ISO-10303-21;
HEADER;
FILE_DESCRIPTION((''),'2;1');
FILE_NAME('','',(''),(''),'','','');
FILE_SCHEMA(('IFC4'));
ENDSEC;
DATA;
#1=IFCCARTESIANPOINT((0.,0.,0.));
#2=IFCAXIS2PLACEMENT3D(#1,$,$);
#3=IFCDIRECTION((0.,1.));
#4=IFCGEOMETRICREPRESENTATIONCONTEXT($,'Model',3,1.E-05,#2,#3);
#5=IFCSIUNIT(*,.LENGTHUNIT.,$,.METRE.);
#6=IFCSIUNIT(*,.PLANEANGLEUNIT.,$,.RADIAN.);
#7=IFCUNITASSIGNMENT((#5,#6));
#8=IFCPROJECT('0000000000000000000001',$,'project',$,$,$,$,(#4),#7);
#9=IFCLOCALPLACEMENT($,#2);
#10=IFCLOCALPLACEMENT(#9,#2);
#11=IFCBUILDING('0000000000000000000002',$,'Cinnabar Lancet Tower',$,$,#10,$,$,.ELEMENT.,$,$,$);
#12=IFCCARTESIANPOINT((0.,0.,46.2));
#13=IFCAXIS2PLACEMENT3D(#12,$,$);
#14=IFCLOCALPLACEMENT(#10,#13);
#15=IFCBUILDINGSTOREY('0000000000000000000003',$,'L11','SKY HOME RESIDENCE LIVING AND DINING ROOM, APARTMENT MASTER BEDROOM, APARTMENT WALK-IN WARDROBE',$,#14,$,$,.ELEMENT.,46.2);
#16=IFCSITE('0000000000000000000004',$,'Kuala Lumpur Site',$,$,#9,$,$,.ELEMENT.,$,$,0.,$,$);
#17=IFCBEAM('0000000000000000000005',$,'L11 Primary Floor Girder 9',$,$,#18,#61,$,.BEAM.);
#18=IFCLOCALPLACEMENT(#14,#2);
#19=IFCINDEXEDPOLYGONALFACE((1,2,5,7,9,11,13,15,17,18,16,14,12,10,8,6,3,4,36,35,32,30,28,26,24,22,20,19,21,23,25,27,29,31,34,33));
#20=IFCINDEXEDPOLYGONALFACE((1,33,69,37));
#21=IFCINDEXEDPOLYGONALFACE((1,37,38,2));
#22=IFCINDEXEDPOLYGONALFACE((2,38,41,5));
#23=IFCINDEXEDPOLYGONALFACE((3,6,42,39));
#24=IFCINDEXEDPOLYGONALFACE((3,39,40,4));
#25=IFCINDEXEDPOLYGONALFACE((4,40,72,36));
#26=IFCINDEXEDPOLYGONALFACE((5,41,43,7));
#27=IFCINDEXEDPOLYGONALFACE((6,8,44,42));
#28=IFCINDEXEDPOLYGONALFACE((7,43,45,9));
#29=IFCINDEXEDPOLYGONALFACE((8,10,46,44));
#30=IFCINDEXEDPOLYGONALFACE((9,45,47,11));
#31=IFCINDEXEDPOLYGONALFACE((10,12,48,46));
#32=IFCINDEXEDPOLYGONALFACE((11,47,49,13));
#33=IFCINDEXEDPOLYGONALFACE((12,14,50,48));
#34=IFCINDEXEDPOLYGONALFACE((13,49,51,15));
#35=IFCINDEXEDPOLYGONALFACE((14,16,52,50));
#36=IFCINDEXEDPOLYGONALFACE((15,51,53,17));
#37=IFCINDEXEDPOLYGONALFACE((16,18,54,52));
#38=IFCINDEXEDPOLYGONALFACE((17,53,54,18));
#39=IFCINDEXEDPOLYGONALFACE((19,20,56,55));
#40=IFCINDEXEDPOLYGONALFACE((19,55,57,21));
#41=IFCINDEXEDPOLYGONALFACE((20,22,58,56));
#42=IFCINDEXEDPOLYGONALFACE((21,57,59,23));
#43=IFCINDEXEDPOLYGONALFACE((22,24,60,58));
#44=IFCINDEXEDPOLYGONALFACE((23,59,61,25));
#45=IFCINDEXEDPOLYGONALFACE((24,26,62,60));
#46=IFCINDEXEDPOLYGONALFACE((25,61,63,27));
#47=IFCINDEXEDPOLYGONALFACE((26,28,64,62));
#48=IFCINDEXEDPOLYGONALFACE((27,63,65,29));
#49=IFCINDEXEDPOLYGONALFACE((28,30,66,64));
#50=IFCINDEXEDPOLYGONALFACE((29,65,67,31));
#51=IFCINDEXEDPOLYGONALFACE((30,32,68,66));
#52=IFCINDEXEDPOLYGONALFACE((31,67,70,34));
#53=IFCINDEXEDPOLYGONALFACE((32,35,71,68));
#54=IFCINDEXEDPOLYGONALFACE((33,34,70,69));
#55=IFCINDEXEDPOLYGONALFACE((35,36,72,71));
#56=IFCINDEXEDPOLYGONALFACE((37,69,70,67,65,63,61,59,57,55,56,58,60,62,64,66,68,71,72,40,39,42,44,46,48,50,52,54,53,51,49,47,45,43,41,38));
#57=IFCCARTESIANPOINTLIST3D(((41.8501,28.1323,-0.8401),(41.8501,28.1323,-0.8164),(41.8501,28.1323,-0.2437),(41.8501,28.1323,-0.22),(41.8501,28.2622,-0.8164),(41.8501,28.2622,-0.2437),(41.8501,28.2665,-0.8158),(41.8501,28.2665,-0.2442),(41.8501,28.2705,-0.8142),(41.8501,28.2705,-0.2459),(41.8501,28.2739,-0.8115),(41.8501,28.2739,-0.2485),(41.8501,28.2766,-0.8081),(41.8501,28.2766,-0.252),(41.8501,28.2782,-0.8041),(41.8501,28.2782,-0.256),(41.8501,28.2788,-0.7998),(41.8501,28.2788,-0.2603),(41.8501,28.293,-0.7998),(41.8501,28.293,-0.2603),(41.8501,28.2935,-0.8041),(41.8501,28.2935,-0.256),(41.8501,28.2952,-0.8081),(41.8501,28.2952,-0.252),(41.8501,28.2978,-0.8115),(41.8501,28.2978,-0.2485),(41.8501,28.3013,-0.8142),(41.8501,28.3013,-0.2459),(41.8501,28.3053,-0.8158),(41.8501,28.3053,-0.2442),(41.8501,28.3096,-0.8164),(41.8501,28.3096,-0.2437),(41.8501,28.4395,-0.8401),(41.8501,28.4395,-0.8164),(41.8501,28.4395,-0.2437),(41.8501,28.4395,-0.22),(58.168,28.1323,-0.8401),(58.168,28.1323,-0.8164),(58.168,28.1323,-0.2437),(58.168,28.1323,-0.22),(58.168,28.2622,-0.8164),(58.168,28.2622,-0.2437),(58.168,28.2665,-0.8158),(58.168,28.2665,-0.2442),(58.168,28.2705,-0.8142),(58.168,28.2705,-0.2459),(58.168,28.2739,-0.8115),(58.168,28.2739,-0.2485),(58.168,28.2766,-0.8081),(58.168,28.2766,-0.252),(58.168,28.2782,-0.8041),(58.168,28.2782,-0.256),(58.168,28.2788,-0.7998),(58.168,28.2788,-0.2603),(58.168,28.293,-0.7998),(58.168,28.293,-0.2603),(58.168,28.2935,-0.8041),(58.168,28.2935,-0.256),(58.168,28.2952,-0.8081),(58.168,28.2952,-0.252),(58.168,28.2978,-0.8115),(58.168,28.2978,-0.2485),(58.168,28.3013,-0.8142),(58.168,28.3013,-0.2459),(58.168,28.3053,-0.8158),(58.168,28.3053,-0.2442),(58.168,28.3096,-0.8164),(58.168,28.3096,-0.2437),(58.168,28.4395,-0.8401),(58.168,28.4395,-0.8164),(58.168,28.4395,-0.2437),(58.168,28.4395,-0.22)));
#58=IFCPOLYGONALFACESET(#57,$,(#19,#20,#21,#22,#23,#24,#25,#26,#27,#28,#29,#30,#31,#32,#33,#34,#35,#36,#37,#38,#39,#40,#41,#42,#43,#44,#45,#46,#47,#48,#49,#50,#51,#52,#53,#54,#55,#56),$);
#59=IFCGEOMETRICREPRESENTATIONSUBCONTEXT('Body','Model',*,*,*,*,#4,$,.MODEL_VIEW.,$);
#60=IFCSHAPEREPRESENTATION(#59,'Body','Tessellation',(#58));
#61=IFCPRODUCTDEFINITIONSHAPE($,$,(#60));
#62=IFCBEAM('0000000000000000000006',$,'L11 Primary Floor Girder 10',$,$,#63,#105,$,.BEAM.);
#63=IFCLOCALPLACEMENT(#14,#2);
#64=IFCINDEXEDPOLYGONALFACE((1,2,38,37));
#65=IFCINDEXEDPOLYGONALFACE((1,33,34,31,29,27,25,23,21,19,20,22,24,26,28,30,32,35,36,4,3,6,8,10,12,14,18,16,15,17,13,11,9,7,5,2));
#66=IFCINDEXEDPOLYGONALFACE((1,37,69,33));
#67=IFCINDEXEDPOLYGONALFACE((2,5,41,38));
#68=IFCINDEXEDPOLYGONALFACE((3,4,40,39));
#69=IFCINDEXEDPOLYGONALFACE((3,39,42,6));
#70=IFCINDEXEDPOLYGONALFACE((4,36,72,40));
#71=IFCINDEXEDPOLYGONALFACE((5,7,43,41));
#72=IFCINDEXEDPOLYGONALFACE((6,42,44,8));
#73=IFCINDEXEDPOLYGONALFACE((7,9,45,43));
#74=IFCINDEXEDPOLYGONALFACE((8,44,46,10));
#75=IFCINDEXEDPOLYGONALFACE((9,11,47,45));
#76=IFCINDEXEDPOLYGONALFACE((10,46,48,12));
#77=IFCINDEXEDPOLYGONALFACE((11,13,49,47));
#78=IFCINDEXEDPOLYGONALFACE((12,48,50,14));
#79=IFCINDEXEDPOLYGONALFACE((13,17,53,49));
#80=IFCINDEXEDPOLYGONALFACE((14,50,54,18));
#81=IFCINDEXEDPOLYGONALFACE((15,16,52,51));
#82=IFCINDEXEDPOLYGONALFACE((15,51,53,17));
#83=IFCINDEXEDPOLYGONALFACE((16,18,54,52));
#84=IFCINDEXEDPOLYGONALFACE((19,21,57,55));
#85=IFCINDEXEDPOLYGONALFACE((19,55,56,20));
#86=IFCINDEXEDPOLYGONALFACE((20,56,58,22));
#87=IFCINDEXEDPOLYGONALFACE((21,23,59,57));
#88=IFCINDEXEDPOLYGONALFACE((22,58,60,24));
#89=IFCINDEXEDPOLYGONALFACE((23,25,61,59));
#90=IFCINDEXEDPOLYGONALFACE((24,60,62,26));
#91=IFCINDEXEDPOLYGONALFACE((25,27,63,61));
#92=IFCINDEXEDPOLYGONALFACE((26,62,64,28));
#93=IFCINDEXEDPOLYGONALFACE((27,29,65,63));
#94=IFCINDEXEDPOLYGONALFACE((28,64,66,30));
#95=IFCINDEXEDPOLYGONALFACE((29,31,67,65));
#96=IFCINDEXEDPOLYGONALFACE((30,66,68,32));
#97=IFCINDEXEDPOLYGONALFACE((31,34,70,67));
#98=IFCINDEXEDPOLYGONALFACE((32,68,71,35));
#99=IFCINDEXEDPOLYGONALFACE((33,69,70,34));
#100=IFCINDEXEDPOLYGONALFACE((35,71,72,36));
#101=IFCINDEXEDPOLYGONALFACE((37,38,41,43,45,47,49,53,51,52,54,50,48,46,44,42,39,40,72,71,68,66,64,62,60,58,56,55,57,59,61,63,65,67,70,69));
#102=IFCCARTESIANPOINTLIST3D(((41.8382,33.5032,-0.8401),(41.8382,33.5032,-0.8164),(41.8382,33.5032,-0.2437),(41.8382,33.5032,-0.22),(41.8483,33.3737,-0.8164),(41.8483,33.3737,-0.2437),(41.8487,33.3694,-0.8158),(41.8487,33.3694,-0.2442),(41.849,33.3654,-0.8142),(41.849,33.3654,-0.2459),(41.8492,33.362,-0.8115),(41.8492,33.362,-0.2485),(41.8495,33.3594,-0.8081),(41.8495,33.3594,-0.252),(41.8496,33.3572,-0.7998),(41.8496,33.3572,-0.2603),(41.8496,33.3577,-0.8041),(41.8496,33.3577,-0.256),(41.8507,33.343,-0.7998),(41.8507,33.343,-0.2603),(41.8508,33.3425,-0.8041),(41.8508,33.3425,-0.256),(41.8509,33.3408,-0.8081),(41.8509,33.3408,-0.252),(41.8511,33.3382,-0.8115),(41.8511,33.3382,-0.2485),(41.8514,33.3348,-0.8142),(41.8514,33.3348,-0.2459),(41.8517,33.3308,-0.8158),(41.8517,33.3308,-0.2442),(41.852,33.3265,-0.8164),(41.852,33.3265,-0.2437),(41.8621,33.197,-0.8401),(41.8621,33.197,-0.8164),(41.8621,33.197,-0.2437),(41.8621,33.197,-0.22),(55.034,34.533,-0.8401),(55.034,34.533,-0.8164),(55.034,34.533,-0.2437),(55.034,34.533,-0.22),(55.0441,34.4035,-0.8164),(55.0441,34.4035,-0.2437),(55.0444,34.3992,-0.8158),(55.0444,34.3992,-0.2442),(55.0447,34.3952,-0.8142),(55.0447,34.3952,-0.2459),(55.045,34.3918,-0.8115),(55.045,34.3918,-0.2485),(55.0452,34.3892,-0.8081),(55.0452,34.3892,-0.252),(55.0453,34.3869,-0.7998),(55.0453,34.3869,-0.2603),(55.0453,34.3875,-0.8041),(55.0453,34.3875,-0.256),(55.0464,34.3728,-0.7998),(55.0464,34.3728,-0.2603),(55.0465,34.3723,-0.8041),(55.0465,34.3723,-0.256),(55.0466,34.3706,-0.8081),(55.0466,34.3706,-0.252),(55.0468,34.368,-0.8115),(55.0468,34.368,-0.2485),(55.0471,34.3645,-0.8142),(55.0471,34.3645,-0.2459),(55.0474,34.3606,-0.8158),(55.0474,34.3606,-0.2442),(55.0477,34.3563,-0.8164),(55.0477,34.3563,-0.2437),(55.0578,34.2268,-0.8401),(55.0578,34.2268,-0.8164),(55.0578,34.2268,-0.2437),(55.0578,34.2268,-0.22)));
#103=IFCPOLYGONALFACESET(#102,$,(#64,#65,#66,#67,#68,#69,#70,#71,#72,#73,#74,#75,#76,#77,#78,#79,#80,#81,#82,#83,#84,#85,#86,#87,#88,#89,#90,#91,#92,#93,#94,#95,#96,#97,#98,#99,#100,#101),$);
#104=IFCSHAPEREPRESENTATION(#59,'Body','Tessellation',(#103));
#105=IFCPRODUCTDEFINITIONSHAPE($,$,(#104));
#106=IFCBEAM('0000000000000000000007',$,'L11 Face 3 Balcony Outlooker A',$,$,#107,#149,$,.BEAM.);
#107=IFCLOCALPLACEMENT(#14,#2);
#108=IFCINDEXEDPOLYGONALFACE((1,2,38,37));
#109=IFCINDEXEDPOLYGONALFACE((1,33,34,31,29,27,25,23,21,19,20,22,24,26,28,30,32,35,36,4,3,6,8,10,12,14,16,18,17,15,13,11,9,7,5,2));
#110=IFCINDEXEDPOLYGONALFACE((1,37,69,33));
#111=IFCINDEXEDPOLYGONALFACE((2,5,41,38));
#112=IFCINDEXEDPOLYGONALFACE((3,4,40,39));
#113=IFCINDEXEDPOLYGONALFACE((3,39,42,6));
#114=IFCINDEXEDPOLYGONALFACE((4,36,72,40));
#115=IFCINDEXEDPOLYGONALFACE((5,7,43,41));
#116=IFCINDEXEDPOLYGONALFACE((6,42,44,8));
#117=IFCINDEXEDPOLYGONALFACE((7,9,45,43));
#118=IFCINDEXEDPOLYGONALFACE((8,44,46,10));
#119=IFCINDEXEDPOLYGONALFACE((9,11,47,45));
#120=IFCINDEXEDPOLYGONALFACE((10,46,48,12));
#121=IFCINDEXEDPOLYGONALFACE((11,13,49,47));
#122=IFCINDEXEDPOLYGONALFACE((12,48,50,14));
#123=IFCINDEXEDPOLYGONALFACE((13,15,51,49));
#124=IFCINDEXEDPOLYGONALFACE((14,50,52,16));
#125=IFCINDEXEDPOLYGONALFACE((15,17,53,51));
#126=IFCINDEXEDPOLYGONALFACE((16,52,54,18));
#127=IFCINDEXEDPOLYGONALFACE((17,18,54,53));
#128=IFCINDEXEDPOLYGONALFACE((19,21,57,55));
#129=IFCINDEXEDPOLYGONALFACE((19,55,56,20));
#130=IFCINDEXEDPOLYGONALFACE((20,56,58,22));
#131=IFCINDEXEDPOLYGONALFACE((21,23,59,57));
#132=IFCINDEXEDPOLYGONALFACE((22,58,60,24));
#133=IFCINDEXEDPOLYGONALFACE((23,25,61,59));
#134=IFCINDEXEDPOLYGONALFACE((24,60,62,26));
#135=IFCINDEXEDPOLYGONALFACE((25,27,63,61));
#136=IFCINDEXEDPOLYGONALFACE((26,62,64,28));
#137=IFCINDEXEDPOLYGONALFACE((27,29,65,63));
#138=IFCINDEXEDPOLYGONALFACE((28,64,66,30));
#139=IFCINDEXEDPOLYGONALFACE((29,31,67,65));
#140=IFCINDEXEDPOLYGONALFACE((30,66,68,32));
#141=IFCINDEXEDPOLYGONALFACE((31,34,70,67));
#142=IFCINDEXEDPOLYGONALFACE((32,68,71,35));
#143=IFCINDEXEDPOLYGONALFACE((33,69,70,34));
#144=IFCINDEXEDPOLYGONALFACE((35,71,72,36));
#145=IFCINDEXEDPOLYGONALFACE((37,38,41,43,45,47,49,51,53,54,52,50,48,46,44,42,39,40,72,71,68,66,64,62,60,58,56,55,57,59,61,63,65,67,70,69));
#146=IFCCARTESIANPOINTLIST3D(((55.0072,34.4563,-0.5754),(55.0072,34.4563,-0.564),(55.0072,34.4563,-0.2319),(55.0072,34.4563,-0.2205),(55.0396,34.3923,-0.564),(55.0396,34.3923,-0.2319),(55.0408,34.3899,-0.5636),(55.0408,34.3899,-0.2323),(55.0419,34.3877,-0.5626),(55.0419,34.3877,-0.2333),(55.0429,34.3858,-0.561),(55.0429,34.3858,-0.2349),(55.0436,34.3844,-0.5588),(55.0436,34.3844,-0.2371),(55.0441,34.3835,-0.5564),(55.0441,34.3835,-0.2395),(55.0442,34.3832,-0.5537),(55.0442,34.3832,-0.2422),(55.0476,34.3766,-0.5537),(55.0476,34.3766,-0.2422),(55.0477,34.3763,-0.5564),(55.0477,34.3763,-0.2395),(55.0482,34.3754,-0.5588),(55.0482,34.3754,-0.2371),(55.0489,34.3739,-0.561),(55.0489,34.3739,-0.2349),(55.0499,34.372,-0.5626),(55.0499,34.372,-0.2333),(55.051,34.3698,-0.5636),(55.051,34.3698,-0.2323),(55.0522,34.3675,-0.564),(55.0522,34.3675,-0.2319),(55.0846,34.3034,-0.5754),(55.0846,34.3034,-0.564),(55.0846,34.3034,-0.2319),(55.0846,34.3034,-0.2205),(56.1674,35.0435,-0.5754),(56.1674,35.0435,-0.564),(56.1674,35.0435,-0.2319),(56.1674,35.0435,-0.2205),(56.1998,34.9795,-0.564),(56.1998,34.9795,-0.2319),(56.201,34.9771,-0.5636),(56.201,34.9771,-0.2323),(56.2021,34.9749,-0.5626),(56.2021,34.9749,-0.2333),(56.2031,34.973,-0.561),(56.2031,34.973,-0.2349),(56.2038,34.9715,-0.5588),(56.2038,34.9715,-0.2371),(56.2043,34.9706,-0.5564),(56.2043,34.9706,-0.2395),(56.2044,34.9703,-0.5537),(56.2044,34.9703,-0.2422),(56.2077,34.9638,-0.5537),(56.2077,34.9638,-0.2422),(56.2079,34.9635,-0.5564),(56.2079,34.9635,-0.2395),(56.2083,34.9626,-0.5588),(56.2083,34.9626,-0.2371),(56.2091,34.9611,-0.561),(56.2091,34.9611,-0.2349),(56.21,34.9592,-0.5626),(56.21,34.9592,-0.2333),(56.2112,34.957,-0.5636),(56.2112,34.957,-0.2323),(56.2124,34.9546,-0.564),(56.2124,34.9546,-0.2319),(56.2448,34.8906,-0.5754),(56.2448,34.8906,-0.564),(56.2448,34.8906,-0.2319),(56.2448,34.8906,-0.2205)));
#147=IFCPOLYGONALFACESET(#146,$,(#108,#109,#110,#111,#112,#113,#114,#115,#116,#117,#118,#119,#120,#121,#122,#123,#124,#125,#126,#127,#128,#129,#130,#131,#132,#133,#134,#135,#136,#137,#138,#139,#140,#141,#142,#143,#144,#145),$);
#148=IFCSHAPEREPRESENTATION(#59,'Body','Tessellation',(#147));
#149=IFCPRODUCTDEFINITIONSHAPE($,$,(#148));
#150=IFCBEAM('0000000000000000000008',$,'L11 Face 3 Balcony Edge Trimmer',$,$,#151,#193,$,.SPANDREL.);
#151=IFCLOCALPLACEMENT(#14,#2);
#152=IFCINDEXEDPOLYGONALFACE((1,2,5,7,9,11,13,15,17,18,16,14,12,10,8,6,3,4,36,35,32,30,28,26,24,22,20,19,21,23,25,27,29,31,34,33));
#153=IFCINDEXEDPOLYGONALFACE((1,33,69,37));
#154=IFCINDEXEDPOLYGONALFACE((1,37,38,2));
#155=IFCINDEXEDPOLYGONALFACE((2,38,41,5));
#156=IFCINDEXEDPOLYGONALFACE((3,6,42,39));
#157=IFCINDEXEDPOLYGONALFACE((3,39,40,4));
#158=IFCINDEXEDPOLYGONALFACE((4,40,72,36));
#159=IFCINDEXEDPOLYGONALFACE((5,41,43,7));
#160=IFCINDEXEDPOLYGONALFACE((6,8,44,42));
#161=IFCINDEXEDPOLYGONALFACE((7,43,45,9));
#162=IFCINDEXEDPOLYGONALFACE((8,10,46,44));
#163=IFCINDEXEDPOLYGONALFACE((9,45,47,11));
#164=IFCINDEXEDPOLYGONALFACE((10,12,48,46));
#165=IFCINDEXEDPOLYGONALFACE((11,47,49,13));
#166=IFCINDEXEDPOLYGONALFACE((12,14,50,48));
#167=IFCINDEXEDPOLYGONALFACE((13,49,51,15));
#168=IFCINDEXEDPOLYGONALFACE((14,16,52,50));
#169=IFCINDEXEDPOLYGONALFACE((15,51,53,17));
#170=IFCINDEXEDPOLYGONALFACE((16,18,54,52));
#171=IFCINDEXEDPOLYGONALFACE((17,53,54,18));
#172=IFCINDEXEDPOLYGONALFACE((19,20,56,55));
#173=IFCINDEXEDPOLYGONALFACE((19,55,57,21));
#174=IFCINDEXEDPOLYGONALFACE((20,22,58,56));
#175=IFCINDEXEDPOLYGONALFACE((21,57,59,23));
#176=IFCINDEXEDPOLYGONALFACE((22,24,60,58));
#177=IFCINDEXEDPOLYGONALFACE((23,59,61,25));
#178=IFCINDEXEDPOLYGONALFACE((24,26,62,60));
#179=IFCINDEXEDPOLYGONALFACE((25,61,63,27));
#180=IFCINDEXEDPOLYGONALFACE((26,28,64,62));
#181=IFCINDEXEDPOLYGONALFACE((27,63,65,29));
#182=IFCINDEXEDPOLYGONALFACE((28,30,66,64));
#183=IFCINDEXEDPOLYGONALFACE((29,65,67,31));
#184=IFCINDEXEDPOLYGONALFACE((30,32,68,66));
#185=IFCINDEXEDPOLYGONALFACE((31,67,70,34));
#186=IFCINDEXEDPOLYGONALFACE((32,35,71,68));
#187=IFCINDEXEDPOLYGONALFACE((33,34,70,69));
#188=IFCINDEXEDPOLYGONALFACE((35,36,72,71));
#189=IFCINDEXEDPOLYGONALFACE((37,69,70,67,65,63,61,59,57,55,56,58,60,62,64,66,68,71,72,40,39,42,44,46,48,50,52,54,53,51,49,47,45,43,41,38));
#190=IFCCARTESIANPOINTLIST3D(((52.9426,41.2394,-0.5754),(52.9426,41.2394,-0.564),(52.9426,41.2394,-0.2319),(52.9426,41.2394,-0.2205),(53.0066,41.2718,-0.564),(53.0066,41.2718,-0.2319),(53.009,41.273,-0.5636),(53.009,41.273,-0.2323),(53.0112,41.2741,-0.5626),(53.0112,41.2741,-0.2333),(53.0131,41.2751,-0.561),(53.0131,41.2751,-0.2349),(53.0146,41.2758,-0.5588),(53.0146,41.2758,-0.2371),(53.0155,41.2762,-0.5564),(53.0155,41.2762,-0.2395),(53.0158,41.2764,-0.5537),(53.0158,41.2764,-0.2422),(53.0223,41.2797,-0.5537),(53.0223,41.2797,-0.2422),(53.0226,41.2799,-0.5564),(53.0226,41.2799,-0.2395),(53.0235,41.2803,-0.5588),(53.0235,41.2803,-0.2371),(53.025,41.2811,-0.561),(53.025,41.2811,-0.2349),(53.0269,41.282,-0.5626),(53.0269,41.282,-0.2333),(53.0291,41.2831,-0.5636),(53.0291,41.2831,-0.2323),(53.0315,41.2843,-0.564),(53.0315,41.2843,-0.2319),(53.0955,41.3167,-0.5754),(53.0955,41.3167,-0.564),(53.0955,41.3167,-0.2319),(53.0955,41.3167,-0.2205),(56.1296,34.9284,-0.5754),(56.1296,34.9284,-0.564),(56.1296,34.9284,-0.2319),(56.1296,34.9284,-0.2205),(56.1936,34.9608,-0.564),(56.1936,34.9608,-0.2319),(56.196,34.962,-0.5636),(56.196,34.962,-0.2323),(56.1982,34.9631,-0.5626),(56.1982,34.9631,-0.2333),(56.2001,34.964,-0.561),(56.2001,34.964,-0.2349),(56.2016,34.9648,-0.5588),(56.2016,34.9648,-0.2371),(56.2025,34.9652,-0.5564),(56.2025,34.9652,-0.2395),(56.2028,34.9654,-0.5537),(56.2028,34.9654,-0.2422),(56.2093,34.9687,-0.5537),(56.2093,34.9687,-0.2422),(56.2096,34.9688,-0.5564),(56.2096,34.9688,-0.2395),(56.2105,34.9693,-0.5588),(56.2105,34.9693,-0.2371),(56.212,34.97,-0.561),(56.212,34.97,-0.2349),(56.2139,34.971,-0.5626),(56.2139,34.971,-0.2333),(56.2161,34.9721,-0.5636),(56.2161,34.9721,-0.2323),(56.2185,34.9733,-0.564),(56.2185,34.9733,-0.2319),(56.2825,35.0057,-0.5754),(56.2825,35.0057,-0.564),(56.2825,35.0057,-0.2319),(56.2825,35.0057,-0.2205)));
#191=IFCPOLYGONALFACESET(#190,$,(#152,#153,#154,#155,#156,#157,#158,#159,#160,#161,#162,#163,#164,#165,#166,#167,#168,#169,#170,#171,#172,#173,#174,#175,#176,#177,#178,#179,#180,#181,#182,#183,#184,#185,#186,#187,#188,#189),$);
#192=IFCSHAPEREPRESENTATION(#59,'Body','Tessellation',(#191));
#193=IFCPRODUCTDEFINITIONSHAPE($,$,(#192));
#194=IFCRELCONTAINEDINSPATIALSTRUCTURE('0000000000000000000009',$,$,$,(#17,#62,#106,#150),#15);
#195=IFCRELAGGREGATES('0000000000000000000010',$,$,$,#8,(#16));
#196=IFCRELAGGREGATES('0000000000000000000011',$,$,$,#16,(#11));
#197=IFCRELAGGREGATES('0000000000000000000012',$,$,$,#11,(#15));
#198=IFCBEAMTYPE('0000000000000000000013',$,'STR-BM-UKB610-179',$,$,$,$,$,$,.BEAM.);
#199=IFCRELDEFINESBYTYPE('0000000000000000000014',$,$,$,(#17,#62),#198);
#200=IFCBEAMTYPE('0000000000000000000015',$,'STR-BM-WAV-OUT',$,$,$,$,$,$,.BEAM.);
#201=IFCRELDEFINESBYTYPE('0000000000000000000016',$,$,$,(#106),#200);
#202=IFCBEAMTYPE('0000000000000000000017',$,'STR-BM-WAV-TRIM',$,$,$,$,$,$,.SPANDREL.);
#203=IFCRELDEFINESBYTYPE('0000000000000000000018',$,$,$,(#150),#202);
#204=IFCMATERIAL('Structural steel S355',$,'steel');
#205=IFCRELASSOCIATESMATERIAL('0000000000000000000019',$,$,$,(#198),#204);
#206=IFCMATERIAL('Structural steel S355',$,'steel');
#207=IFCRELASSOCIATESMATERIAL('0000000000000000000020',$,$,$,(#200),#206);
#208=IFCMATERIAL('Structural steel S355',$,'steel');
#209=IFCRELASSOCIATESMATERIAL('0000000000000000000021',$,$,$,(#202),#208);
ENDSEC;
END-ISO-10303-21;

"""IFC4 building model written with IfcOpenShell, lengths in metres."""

from ifc_helpers import new_model, si_unit, direction, frame, origin, origin_2d, place, context, subcontext, project, spatial, i_section, extrude, material, material_profile, profile_set, type_object, element, save


model = new_model("IFC4")

# Units and contexts
model_context = context("Model", 3, precision=1e-05, world=origin(), true_north=direction((0.0, 1.0)))
body_context = subcontext(model_context, "Body", "Model", "MODEL_VIEW")
ifc_project = project(units=[si_unit("LENGTHUNIT", "METRE"), si_unit("PLANEANGLEUNIT", "RADIAN")], contexts=[model_context])

# Site, building, storey
site_placement = place(None, origin())
site = spatial("IfcSite", under=ifc_project, at=site_placement, Name="Kuala Lumpur Site", CompositionType="ELEMENT", RefElevation=0.0)
building_placement = place(site_placement, origin())
building = spatial("IfcBuilding", under=site, at=building_placement, Name="Cinnabar Lancet Tower", CompositionType="ELEMENT")
storey_placement = place(building_placement, frame((0.0, 0.0, 46.2)))
storey = spatial("IfcBuildingStorey", under=building, at=storey_placement, Name="L11", Description="SKY HOME RESIDENCE LIVING AND DINING ROOM, APARTMENT MASTER BEDROOM, APARTMENT WALK-IN WARDROBE", CompositionType="ELEMENT", Elevation=46.2)

# Beams
ifc_material_1 = material(Name="Structural steel S355", Category="steel")
ifc_material_profile_1 = material_profile(ifc_material_1, i_section(OverallWidth=0.3071, OverallDepth=0.6201, WebThickness=0.0142, FlangeThickness=0.0237, FilletRadius=0.0166, at=origin_2d()), Name="UKB 610x305x179")
ifc_profile_set_1 = profile_set([ifc_material_profile_1], Name="Structural steel S355")
beam_type_1 = type_object("IfcBeamType", Name="STR-BM-UKB610-179", PredefinedType="BEAM", material=ifc_profile_set_1)
beam_1_placement = place(storey_placement, frame((58.168, 28.2859, -0.53), z_axis=(-1.0, 0.0, 0.0), x_axis=(0.0, -1.0, 0.0)))
element("IfcBeam", 1, at=beam_1_placement, inside=storey, type_object=beam_type_1, Name="L11 Primary Floor Girder 9", PredefinedType="BEAM", context=body_context, shape_type="SweptSolid", body=[
    extrude(i_section(OverallWidth=0.3071, OverallDepth=0.6201, WebThickness=0.0142, FlangeThickness=0.0237, FilletRadius=0.0166, at=origin_2d()), origin(), (0.0, 0.0, 1.0), 16.3179),
])
beam_2_placement = place(storey_placement, frame((55.0459, 34.3799, -0.53), z_axis=(-0.996969, -0.077802, 0.0), x_axis=(0.077802, -0.996969, 0.0)))
element("IfcBeam", 2, at=beam_2_placement, inside=storey, type_object=beam_type_1, Name="L11 Primary Floor Girder 10", PredefinedType="BEAM", context=body_context, shape_type="SweptSolid", body=[
    extrude(i_section(OverallWidth=0.3071, OverallDepth=0.6201, WebThickness=0.0142, FlangeThickness=0.0237, FilletRadius=0.0166, at=origin_2d()), origin(), (0.0, 0.0, 1.0), 13.2358),
])
ifc_material_2 = material(Name="Structural steel S355", Category="steel")
ifc_material_profile_2 = material_profile(ifc_material_2, i_section(OverallWidth=0.1714, OverallDepth=0.355, WebThickness=0.0073, FlangeThickness=0.0115, FilletRadius=0.0103, at=origin_2d()), Name="UKB 356x171x51")
ifc_profile_set_2 = profile_set([ifc_material_profile_2], Name="Structural steel S355")
beam_type_2 = type_object("IfcBeamType", Name="STR-BM-WAV-OUT", PredefinedType="BEAM", material=ifc_profile_set_2)
beam_3_placement = place(storey_placement, frame((55.0459, 34.3799, -0.3979), z_axis=(0.892239, 0.451564, 0.0), x_axis=(-0.451564, 0.892239, 0.0)))
element("IfcBeam", 3, at=beam_3_placement, inside=storey, type_object=beam_type_2, Name="L11 Face 3 Balcony Outlooker A", PredefinedType="BEAM", context=body_context, shape_type="SweptSolid", body=[
    extrude(i_section(OverallWidth=0.1714, OverallDepth=0.355, WebThickness=0.0073, FlangeThickness=0.0115, FilletRadius=0.0103, at=origin_2d()), origin(), (0.0, 0.0, 1.0), 1.3003),
])
ifc_material_3 = material(Name="Structural steel S355", Category="steel")
ifc_material_profile_3 = material_profile(ifc_material_3, i_section(OverallWidth=0.1714, OverallDepth=0.355, WebThickness=0.0073, FlangeThickness=0.0115, FilletRadius=0.0103, at=origin_2d()), Name="UKB 356x171x51")
ifc_profile_set_3 = profile_set([ifc_material_profile_3], Name="Structural steel S355")
beam_type_3 = type_object("IfcBeamType", Name="STR-BM-WAV-TRIM", PredefinedType="SPANDREL", material=ifc_profile_set_3)
beam_4_placement = place(storey_placement, frame((56.2061, 34.967, -0.3979), z_axis=(-0.450774, 0.892638, 0.0), x_axis=(-0.892638, -0.450774, 0.0)))
element("IfcBeam", 4, at=beam_4_placement, inside=storey, type_object=beam_type_3, Name="L11 Face 3 Balcony Edge Trimmer", PredefinedType="SPANDREL", context=body_context, shape_type="SweptSolid", body=[
    extrude(i_section(OverallWidth=0.1714, OverallDepth=0.355, WebThickness=0.0073, FlangeThickness=0.0115, FilletRadius=0.0103, at=origin_2d()), origin(), (0.0, 0.0, 1.0), 7.0701),
])

save(model, "model.ifc")
